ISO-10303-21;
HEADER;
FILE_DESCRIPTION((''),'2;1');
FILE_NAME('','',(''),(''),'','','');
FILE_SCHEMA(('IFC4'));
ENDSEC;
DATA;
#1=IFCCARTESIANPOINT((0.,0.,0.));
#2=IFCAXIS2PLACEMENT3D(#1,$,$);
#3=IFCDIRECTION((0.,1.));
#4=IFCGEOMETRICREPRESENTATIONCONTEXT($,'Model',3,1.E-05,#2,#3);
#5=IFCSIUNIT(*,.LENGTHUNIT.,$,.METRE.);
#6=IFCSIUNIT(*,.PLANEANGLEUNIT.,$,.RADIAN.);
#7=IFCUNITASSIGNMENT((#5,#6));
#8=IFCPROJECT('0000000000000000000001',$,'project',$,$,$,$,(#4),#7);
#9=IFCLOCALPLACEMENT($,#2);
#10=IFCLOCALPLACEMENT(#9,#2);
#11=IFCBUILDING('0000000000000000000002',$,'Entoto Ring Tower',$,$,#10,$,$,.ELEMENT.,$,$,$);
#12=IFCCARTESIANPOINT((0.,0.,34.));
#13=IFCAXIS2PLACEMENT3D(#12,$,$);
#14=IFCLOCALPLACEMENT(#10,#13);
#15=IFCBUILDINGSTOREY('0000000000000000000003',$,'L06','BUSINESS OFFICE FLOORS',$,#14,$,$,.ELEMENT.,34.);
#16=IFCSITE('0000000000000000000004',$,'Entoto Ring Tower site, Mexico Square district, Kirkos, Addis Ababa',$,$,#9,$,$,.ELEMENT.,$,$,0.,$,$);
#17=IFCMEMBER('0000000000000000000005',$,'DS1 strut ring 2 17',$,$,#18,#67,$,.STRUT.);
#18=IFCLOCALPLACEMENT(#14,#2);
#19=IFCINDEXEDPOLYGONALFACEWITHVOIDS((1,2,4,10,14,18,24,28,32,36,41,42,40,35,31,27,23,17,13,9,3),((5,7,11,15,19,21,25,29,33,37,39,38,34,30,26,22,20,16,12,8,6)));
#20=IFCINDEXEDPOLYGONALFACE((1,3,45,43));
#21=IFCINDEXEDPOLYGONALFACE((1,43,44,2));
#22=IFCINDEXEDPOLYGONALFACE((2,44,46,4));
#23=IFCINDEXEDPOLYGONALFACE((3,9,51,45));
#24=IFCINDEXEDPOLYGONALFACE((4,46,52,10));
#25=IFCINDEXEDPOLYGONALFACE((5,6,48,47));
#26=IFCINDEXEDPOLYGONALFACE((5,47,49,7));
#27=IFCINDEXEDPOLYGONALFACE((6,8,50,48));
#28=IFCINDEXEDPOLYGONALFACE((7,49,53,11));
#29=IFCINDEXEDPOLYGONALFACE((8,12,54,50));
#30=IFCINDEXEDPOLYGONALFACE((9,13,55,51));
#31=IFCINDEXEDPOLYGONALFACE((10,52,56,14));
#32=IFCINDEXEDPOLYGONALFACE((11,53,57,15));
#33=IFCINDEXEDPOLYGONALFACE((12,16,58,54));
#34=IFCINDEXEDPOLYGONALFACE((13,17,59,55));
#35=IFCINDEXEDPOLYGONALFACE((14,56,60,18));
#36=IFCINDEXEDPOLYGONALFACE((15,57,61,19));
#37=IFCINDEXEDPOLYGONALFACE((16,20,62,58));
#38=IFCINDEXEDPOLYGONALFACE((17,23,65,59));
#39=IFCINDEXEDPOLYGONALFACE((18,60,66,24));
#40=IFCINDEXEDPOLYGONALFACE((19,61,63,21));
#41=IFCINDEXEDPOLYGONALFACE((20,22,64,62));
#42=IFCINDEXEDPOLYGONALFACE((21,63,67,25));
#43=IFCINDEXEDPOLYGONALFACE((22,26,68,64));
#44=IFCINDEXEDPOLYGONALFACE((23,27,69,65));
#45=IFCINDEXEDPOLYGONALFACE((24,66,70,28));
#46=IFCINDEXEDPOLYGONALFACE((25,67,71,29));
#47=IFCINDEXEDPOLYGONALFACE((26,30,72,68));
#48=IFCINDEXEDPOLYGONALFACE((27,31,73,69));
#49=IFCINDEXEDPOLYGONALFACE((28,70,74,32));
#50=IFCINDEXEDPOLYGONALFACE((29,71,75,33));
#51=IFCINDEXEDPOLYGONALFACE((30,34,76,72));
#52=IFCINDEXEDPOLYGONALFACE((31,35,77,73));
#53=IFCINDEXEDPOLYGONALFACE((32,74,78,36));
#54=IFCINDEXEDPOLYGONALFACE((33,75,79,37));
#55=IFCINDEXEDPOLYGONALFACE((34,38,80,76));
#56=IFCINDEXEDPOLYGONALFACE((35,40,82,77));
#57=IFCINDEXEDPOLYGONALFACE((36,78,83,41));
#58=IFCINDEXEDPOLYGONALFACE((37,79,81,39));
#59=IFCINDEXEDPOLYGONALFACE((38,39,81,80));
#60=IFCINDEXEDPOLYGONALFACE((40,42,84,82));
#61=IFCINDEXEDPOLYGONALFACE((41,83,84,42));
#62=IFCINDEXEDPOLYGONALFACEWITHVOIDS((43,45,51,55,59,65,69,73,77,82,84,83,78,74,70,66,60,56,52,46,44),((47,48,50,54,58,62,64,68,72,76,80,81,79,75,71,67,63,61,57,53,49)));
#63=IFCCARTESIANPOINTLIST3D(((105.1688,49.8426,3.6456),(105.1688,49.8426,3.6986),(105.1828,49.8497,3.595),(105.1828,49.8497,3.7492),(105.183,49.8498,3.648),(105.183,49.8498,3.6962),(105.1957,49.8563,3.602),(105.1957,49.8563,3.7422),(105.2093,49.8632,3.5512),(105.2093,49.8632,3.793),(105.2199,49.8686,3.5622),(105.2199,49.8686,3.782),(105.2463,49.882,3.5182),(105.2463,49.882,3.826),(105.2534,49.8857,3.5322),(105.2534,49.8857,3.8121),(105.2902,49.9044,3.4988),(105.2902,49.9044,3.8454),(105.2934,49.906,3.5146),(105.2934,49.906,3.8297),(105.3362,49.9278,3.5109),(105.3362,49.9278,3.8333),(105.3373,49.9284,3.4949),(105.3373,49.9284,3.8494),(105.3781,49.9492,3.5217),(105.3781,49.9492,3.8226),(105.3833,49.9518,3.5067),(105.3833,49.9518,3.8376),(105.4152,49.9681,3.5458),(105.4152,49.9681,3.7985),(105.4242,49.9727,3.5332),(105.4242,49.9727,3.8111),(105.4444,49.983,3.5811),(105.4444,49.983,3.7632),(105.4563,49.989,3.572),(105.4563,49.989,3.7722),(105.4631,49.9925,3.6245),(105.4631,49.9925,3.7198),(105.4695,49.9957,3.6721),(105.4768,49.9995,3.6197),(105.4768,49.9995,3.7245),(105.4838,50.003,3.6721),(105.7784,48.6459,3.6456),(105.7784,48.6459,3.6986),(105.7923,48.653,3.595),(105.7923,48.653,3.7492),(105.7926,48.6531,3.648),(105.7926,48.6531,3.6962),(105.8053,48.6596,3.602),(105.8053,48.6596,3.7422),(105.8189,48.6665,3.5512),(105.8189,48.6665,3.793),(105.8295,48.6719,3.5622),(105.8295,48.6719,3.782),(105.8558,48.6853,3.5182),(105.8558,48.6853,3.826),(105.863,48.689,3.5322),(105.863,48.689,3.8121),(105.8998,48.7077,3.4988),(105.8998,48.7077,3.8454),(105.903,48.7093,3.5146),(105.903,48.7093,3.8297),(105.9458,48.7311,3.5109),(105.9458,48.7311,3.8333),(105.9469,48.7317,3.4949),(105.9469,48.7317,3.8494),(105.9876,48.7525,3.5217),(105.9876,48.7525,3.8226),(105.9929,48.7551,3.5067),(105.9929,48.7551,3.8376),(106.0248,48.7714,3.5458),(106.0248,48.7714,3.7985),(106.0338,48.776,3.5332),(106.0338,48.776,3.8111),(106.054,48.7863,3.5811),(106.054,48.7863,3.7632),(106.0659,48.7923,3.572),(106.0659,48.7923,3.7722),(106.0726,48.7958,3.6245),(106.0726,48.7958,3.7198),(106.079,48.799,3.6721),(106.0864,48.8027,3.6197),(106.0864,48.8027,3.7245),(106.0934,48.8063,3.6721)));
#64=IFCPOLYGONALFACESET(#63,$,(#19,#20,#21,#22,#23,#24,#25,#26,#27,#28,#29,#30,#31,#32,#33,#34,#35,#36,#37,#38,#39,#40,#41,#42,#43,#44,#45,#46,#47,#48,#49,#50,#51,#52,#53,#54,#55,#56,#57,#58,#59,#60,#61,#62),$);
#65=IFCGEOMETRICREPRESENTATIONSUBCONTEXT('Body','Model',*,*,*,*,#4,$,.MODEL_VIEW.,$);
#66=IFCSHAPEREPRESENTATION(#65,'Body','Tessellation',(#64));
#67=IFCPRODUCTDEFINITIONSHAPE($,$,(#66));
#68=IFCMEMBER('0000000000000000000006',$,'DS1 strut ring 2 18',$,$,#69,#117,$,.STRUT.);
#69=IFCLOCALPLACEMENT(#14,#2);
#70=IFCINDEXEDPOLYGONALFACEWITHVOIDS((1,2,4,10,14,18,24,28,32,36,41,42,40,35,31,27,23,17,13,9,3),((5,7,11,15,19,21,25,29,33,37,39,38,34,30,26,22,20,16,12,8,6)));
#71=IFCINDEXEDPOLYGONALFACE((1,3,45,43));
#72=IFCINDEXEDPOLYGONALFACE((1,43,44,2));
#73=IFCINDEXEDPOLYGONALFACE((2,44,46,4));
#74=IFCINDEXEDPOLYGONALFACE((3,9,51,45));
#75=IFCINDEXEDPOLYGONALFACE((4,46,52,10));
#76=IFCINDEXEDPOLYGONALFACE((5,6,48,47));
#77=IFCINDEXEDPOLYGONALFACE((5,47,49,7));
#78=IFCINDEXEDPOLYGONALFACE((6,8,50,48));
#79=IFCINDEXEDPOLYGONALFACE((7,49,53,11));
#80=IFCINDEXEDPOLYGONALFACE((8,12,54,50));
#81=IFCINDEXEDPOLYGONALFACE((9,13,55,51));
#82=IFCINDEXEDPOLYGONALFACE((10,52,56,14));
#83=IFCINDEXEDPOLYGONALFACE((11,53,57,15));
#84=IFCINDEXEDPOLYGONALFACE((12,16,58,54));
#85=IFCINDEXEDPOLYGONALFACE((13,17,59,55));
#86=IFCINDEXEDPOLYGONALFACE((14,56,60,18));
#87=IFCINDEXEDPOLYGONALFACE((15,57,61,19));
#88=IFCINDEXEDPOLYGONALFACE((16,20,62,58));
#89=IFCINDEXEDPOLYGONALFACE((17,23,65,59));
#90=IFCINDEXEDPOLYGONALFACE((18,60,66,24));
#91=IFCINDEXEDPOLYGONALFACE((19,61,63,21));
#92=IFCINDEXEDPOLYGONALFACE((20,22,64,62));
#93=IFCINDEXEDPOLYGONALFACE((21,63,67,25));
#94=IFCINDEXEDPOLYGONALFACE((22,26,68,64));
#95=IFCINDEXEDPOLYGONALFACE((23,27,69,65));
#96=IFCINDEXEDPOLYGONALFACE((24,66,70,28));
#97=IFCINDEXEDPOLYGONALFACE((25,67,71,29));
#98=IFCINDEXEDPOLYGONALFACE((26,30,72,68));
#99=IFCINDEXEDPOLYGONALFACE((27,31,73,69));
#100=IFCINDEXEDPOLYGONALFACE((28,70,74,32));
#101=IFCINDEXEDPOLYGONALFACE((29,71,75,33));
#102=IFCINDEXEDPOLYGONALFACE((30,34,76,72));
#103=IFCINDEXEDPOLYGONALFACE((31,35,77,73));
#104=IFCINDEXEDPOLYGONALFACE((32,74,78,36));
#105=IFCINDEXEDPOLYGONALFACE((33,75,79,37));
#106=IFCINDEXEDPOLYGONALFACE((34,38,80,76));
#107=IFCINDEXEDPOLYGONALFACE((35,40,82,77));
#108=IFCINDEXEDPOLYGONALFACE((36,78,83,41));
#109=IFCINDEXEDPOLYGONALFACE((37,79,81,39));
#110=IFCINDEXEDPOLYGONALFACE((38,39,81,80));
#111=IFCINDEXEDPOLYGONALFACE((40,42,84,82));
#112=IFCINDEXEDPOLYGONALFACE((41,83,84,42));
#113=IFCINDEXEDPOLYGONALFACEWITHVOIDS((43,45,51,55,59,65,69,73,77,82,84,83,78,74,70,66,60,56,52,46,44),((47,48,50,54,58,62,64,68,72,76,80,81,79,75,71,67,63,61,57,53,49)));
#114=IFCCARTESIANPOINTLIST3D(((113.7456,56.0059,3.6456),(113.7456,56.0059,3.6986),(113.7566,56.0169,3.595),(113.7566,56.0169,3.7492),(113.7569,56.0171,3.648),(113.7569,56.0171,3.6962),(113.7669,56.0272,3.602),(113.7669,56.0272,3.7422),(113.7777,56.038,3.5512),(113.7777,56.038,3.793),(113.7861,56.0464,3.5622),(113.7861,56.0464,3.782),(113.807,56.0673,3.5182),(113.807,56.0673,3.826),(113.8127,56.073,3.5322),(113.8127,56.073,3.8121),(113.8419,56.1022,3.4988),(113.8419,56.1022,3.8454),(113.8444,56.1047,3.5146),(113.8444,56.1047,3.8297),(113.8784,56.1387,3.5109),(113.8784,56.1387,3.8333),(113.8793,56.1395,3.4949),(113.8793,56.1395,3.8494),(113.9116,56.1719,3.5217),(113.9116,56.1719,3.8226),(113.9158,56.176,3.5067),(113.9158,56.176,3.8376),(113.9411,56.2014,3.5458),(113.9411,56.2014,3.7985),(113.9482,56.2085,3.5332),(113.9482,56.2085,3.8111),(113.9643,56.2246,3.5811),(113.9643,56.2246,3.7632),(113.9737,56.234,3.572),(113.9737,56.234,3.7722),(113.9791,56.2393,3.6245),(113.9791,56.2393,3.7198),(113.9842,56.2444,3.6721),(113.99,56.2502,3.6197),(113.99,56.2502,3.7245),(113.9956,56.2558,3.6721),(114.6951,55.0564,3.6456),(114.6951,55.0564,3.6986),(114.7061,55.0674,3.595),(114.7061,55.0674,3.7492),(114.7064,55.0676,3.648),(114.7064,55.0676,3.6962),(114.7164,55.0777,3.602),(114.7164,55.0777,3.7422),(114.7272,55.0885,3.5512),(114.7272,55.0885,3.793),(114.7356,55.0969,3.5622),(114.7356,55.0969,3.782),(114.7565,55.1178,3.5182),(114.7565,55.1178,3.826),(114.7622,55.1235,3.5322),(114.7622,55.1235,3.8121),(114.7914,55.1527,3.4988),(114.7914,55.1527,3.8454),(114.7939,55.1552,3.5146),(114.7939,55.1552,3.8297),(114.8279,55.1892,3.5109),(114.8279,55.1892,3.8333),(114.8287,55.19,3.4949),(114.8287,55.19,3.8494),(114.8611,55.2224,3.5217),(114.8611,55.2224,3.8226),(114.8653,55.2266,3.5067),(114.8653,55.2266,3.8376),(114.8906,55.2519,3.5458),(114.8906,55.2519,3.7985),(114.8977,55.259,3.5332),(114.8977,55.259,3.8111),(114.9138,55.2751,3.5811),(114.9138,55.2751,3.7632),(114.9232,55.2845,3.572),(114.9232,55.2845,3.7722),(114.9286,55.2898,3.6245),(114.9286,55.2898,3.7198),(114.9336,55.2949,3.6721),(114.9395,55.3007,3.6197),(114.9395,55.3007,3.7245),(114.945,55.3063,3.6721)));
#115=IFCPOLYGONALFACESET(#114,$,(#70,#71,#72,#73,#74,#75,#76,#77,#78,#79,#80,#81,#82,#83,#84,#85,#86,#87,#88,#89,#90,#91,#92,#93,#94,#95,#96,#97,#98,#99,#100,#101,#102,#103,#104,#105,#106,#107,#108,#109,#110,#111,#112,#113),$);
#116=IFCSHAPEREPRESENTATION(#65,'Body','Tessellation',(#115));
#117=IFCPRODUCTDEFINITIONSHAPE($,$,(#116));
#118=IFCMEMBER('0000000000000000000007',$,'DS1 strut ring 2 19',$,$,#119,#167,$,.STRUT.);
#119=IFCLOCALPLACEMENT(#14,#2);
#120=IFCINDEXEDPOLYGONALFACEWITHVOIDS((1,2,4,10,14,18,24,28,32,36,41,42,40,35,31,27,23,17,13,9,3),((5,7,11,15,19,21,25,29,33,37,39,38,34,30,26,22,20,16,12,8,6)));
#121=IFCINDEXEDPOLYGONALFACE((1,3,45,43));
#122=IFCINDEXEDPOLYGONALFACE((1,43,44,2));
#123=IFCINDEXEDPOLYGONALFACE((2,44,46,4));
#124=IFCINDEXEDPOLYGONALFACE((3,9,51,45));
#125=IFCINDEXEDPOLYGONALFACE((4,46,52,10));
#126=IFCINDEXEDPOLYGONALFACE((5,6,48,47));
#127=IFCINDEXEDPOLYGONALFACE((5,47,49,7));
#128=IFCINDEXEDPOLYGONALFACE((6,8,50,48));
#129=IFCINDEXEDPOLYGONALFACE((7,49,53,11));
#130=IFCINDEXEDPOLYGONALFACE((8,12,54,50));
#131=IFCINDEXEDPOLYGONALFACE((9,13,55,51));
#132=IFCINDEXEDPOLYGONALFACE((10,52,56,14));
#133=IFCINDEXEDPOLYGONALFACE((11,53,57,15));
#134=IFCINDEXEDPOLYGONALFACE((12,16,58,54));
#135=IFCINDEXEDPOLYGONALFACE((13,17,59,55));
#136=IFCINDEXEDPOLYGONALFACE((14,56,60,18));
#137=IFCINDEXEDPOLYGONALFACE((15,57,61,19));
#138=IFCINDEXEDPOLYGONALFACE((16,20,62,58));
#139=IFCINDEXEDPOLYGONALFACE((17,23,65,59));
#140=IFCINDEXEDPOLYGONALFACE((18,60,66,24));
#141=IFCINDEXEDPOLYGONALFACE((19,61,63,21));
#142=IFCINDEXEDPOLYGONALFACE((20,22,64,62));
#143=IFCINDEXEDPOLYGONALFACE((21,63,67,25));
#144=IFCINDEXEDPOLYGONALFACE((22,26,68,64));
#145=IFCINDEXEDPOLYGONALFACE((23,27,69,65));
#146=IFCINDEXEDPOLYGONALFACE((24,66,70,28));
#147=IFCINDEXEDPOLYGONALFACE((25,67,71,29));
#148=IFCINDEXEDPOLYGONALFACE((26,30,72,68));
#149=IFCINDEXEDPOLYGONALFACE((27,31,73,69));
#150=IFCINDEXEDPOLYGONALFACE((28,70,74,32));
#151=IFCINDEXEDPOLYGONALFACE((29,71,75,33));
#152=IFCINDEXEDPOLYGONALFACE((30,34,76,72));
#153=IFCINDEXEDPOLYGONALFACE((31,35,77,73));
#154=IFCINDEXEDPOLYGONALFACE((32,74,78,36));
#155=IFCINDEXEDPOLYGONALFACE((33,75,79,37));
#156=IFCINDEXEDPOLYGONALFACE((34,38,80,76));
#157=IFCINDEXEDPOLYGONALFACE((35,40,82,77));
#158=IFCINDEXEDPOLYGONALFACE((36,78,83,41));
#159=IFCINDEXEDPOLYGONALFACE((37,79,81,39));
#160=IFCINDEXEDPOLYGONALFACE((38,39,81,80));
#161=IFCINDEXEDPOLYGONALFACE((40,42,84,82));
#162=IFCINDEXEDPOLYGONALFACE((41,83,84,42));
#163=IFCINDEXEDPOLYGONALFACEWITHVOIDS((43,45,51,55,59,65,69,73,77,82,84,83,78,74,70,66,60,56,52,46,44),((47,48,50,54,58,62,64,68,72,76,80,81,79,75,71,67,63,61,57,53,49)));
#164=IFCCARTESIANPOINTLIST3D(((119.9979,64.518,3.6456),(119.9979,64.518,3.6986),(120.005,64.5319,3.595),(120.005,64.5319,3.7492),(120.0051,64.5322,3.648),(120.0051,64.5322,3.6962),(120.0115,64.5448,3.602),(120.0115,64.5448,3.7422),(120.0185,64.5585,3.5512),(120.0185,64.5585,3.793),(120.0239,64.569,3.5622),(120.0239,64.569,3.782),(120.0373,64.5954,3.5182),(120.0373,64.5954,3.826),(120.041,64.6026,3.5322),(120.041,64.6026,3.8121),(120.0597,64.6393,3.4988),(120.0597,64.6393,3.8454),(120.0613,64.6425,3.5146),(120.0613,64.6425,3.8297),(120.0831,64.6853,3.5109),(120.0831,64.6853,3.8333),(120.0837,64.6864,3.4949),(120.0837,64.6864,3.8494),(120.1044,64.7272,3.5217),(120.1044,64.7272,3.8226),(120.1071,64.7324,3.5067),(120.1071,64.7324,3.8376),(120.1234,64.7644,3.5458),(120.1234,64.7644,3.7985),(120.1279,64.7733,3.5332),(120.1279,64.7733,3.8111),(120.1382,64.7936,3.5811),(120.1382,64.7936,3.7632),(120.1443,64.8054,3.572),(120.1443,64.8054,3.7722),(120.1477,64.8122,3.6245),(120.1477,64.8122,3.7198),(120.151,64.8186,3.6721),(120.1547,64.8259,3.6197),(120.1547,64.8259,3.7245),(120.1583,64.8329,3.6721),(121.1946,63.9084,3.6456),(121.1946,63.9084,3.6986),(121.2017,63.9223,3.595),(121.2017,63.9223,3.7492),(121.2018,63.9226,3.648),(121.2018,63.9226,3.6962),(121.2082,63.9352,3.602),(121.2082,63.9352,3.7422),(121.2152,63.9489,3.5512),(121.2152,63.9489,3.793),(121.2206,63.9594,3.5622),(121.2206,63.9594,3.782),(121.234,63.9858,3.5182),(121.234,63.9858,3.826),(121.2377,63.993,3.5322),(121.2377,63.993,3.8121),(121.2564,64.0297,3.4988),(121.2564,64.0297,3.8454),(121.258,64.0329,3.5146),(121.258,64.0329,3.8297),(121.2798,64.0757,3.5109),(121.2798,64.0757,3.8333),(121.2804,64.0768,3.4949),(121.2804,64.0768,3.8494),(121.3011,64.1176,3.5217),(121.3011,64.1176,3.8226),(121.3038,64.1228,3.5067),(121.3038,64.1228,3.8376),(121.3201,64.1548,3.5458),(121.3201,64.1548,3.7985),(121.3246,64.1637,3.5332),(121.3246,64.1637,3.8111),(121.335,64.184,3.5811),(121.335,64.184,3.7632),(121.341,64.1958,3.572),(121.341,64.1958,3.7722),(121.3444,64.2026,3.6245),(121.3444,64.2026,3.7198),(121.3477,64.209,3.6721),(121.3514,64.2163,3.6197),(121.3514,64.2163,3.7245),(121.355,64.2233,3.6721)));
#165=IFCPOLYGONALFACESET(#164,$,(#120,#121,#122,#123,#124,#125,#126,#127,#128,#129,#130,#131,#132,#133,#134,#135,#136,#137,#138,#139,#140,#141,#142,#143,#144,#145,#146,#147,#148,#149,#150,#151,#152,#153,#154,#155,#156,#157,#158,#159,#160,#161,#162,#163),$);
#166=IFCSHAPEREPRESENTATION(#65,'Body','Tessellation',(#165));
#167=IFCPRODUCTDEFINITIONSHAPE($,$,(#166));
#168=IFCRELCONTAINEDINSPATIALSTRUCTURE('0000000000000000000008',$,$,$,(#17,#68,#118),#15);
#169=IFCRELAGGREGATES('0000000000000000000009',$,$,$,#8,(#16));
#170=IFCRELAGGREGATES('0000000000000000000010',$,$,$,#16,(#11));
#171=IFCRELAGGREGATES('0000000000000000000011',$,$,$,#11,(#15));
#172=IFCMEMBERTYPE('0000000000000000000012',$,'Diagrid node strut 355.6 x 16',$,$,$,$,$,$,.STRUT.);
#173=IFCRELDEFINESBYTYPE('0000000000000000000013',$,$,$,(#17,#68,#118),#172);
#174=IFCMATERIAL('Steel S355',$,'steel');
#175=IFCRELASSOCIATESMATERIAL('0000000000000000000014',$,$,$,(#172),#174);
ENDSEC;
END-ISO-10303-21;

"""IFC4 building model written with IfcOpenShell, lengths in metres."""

from ifc_helpers import new_model, si_unit, direction, frame, origin, origin_2d, place, context, subcontext, project, spatial, circle, hollow_circle, extrude, material, material_profile, profile_set, type_object, element, save


model = new_model("IFC4")

# Units and contexts
model_context = context("Model", 3, precision=1e-05, world=origin(), true_north=direction((0.0, 1.0)))
body_context = subcontext(model_context, "Body", "Model", "MODEL_VIEW")
ifc_project = project(units=[si_unit("LENGTHUNIT", "METRE"), si_unit("PLANEANGLEUNIT", "RADIAN")], contexts=[model_context])

# Site, building, storey
site_placement = place(None, origin())
site = spatial("IfcSite", under=ifc_project, at=site_placement, Name="Entoto Ring Tower site, Mexico Square district, Kirkos, Addis Ababa", CompositionType="ELEMENT", RefElevation=0.0)
building_placement = place(site_placement, origin())
building = spatial("IfcBuilding", under=site, at=building_placement, Name="Entoto Ring Tower", CompositionType="ELEMENT")
storey_placement = place(building_placement, frame((0.0, 0.0, 34.0)))
storey = spatial("IfcBuildingStorey", under=building, at=storey_placement, Name="L06", Description="BUSINESS OFFICE FLOORS", CompositionType="ELEMENT", Elevation=34.0)

# Members
ifc_material_1 = material(Name="Steel S355", Category="steel")
ifc_material_profile_1 = material_profile(ifc_material_1, hollow_circle(Radius=0.1777, WallThickness=0.0161, at=origin_2d()), Name="CHS 355.6 x 16")
ifc_material_2 = material(Name="Concrete C60/75", Category="concrete")
ifc_material_profile_2 = material_profile(ifc_material_2, circle(Radius=0.1619, at=origin_2d()), Name="Concrete C60/75 infill")
ifc_profile_set_1 = profile_set([ifc_material_profile_1, ifc_material_profile_2], Name="Steel S355")
member_type = type_object("IfcMemberType", Name="Diagrid node strut 355.6 x 16", PredefinedType="STRUT", material=ifc_profile_set_1)
member_1_placement = place(storey_placement, frame((105.3254, 49.9224, 3.6721), z_axis=(0.45389, -0.891058, 0.0), x_axis=(0.891058, 0.45389, 0.0)))
element("IfcMember", 1, at=member_1_placement, inside=storey, type_object=member_type, Name="DS1 strut ring 2 17", PredefinedType="STRUT", context=body_context, shape_type="SweptSolid", body=[
    extrude(hollow_circle(Radius=0.1777, WallThickness=0.0161, at=origin_2d()), origin(), (0.0, 0.0, 1.0), 1.343),
])
member_2_placement = place(storey_placement, frame((113.8699, 56.1301, 3.6721), z_axis=(0.707107, -0.707107, 0.0), x_axis=(0.707107, 0.707107, 0.0)))
element("IfcMember", 2, at=member_2_placement, inside=storey, type_object=member_type, Name="DS1 strut ring 2 18", PredefinedType="STRUT", context=body_context, shape_type="SweptSolid", body=[
    extrude(hollow_circle(Radius=0.1777, WallThickness=0.0161, at=origin_2d()), origin(), (0.0, 0.0, 1.0), 1.3428),
])
member_3_placement = place(storey_placement, frame((120.0776, 64.6746, 3.6721), z_axis=(0.891058, -0.45389, 0.0), x_axis=(0.45389, 0.891058, 0.0)))
element("IfcMember", 3, at=member_3_placement, inside=storey, type_object=member_type, Name="DS1 strut ring 2 19", PredefinedType="STRUT", context=body_context, shape_type="SweptSolid", body=[
    extrude(hollow_circle(Radius=0.1777, WallThickness=0.0161, at=origin_2d()), origin(), (0.0, 0.0, 1.0), 1.343),
])

save(model, "model.ifc")
